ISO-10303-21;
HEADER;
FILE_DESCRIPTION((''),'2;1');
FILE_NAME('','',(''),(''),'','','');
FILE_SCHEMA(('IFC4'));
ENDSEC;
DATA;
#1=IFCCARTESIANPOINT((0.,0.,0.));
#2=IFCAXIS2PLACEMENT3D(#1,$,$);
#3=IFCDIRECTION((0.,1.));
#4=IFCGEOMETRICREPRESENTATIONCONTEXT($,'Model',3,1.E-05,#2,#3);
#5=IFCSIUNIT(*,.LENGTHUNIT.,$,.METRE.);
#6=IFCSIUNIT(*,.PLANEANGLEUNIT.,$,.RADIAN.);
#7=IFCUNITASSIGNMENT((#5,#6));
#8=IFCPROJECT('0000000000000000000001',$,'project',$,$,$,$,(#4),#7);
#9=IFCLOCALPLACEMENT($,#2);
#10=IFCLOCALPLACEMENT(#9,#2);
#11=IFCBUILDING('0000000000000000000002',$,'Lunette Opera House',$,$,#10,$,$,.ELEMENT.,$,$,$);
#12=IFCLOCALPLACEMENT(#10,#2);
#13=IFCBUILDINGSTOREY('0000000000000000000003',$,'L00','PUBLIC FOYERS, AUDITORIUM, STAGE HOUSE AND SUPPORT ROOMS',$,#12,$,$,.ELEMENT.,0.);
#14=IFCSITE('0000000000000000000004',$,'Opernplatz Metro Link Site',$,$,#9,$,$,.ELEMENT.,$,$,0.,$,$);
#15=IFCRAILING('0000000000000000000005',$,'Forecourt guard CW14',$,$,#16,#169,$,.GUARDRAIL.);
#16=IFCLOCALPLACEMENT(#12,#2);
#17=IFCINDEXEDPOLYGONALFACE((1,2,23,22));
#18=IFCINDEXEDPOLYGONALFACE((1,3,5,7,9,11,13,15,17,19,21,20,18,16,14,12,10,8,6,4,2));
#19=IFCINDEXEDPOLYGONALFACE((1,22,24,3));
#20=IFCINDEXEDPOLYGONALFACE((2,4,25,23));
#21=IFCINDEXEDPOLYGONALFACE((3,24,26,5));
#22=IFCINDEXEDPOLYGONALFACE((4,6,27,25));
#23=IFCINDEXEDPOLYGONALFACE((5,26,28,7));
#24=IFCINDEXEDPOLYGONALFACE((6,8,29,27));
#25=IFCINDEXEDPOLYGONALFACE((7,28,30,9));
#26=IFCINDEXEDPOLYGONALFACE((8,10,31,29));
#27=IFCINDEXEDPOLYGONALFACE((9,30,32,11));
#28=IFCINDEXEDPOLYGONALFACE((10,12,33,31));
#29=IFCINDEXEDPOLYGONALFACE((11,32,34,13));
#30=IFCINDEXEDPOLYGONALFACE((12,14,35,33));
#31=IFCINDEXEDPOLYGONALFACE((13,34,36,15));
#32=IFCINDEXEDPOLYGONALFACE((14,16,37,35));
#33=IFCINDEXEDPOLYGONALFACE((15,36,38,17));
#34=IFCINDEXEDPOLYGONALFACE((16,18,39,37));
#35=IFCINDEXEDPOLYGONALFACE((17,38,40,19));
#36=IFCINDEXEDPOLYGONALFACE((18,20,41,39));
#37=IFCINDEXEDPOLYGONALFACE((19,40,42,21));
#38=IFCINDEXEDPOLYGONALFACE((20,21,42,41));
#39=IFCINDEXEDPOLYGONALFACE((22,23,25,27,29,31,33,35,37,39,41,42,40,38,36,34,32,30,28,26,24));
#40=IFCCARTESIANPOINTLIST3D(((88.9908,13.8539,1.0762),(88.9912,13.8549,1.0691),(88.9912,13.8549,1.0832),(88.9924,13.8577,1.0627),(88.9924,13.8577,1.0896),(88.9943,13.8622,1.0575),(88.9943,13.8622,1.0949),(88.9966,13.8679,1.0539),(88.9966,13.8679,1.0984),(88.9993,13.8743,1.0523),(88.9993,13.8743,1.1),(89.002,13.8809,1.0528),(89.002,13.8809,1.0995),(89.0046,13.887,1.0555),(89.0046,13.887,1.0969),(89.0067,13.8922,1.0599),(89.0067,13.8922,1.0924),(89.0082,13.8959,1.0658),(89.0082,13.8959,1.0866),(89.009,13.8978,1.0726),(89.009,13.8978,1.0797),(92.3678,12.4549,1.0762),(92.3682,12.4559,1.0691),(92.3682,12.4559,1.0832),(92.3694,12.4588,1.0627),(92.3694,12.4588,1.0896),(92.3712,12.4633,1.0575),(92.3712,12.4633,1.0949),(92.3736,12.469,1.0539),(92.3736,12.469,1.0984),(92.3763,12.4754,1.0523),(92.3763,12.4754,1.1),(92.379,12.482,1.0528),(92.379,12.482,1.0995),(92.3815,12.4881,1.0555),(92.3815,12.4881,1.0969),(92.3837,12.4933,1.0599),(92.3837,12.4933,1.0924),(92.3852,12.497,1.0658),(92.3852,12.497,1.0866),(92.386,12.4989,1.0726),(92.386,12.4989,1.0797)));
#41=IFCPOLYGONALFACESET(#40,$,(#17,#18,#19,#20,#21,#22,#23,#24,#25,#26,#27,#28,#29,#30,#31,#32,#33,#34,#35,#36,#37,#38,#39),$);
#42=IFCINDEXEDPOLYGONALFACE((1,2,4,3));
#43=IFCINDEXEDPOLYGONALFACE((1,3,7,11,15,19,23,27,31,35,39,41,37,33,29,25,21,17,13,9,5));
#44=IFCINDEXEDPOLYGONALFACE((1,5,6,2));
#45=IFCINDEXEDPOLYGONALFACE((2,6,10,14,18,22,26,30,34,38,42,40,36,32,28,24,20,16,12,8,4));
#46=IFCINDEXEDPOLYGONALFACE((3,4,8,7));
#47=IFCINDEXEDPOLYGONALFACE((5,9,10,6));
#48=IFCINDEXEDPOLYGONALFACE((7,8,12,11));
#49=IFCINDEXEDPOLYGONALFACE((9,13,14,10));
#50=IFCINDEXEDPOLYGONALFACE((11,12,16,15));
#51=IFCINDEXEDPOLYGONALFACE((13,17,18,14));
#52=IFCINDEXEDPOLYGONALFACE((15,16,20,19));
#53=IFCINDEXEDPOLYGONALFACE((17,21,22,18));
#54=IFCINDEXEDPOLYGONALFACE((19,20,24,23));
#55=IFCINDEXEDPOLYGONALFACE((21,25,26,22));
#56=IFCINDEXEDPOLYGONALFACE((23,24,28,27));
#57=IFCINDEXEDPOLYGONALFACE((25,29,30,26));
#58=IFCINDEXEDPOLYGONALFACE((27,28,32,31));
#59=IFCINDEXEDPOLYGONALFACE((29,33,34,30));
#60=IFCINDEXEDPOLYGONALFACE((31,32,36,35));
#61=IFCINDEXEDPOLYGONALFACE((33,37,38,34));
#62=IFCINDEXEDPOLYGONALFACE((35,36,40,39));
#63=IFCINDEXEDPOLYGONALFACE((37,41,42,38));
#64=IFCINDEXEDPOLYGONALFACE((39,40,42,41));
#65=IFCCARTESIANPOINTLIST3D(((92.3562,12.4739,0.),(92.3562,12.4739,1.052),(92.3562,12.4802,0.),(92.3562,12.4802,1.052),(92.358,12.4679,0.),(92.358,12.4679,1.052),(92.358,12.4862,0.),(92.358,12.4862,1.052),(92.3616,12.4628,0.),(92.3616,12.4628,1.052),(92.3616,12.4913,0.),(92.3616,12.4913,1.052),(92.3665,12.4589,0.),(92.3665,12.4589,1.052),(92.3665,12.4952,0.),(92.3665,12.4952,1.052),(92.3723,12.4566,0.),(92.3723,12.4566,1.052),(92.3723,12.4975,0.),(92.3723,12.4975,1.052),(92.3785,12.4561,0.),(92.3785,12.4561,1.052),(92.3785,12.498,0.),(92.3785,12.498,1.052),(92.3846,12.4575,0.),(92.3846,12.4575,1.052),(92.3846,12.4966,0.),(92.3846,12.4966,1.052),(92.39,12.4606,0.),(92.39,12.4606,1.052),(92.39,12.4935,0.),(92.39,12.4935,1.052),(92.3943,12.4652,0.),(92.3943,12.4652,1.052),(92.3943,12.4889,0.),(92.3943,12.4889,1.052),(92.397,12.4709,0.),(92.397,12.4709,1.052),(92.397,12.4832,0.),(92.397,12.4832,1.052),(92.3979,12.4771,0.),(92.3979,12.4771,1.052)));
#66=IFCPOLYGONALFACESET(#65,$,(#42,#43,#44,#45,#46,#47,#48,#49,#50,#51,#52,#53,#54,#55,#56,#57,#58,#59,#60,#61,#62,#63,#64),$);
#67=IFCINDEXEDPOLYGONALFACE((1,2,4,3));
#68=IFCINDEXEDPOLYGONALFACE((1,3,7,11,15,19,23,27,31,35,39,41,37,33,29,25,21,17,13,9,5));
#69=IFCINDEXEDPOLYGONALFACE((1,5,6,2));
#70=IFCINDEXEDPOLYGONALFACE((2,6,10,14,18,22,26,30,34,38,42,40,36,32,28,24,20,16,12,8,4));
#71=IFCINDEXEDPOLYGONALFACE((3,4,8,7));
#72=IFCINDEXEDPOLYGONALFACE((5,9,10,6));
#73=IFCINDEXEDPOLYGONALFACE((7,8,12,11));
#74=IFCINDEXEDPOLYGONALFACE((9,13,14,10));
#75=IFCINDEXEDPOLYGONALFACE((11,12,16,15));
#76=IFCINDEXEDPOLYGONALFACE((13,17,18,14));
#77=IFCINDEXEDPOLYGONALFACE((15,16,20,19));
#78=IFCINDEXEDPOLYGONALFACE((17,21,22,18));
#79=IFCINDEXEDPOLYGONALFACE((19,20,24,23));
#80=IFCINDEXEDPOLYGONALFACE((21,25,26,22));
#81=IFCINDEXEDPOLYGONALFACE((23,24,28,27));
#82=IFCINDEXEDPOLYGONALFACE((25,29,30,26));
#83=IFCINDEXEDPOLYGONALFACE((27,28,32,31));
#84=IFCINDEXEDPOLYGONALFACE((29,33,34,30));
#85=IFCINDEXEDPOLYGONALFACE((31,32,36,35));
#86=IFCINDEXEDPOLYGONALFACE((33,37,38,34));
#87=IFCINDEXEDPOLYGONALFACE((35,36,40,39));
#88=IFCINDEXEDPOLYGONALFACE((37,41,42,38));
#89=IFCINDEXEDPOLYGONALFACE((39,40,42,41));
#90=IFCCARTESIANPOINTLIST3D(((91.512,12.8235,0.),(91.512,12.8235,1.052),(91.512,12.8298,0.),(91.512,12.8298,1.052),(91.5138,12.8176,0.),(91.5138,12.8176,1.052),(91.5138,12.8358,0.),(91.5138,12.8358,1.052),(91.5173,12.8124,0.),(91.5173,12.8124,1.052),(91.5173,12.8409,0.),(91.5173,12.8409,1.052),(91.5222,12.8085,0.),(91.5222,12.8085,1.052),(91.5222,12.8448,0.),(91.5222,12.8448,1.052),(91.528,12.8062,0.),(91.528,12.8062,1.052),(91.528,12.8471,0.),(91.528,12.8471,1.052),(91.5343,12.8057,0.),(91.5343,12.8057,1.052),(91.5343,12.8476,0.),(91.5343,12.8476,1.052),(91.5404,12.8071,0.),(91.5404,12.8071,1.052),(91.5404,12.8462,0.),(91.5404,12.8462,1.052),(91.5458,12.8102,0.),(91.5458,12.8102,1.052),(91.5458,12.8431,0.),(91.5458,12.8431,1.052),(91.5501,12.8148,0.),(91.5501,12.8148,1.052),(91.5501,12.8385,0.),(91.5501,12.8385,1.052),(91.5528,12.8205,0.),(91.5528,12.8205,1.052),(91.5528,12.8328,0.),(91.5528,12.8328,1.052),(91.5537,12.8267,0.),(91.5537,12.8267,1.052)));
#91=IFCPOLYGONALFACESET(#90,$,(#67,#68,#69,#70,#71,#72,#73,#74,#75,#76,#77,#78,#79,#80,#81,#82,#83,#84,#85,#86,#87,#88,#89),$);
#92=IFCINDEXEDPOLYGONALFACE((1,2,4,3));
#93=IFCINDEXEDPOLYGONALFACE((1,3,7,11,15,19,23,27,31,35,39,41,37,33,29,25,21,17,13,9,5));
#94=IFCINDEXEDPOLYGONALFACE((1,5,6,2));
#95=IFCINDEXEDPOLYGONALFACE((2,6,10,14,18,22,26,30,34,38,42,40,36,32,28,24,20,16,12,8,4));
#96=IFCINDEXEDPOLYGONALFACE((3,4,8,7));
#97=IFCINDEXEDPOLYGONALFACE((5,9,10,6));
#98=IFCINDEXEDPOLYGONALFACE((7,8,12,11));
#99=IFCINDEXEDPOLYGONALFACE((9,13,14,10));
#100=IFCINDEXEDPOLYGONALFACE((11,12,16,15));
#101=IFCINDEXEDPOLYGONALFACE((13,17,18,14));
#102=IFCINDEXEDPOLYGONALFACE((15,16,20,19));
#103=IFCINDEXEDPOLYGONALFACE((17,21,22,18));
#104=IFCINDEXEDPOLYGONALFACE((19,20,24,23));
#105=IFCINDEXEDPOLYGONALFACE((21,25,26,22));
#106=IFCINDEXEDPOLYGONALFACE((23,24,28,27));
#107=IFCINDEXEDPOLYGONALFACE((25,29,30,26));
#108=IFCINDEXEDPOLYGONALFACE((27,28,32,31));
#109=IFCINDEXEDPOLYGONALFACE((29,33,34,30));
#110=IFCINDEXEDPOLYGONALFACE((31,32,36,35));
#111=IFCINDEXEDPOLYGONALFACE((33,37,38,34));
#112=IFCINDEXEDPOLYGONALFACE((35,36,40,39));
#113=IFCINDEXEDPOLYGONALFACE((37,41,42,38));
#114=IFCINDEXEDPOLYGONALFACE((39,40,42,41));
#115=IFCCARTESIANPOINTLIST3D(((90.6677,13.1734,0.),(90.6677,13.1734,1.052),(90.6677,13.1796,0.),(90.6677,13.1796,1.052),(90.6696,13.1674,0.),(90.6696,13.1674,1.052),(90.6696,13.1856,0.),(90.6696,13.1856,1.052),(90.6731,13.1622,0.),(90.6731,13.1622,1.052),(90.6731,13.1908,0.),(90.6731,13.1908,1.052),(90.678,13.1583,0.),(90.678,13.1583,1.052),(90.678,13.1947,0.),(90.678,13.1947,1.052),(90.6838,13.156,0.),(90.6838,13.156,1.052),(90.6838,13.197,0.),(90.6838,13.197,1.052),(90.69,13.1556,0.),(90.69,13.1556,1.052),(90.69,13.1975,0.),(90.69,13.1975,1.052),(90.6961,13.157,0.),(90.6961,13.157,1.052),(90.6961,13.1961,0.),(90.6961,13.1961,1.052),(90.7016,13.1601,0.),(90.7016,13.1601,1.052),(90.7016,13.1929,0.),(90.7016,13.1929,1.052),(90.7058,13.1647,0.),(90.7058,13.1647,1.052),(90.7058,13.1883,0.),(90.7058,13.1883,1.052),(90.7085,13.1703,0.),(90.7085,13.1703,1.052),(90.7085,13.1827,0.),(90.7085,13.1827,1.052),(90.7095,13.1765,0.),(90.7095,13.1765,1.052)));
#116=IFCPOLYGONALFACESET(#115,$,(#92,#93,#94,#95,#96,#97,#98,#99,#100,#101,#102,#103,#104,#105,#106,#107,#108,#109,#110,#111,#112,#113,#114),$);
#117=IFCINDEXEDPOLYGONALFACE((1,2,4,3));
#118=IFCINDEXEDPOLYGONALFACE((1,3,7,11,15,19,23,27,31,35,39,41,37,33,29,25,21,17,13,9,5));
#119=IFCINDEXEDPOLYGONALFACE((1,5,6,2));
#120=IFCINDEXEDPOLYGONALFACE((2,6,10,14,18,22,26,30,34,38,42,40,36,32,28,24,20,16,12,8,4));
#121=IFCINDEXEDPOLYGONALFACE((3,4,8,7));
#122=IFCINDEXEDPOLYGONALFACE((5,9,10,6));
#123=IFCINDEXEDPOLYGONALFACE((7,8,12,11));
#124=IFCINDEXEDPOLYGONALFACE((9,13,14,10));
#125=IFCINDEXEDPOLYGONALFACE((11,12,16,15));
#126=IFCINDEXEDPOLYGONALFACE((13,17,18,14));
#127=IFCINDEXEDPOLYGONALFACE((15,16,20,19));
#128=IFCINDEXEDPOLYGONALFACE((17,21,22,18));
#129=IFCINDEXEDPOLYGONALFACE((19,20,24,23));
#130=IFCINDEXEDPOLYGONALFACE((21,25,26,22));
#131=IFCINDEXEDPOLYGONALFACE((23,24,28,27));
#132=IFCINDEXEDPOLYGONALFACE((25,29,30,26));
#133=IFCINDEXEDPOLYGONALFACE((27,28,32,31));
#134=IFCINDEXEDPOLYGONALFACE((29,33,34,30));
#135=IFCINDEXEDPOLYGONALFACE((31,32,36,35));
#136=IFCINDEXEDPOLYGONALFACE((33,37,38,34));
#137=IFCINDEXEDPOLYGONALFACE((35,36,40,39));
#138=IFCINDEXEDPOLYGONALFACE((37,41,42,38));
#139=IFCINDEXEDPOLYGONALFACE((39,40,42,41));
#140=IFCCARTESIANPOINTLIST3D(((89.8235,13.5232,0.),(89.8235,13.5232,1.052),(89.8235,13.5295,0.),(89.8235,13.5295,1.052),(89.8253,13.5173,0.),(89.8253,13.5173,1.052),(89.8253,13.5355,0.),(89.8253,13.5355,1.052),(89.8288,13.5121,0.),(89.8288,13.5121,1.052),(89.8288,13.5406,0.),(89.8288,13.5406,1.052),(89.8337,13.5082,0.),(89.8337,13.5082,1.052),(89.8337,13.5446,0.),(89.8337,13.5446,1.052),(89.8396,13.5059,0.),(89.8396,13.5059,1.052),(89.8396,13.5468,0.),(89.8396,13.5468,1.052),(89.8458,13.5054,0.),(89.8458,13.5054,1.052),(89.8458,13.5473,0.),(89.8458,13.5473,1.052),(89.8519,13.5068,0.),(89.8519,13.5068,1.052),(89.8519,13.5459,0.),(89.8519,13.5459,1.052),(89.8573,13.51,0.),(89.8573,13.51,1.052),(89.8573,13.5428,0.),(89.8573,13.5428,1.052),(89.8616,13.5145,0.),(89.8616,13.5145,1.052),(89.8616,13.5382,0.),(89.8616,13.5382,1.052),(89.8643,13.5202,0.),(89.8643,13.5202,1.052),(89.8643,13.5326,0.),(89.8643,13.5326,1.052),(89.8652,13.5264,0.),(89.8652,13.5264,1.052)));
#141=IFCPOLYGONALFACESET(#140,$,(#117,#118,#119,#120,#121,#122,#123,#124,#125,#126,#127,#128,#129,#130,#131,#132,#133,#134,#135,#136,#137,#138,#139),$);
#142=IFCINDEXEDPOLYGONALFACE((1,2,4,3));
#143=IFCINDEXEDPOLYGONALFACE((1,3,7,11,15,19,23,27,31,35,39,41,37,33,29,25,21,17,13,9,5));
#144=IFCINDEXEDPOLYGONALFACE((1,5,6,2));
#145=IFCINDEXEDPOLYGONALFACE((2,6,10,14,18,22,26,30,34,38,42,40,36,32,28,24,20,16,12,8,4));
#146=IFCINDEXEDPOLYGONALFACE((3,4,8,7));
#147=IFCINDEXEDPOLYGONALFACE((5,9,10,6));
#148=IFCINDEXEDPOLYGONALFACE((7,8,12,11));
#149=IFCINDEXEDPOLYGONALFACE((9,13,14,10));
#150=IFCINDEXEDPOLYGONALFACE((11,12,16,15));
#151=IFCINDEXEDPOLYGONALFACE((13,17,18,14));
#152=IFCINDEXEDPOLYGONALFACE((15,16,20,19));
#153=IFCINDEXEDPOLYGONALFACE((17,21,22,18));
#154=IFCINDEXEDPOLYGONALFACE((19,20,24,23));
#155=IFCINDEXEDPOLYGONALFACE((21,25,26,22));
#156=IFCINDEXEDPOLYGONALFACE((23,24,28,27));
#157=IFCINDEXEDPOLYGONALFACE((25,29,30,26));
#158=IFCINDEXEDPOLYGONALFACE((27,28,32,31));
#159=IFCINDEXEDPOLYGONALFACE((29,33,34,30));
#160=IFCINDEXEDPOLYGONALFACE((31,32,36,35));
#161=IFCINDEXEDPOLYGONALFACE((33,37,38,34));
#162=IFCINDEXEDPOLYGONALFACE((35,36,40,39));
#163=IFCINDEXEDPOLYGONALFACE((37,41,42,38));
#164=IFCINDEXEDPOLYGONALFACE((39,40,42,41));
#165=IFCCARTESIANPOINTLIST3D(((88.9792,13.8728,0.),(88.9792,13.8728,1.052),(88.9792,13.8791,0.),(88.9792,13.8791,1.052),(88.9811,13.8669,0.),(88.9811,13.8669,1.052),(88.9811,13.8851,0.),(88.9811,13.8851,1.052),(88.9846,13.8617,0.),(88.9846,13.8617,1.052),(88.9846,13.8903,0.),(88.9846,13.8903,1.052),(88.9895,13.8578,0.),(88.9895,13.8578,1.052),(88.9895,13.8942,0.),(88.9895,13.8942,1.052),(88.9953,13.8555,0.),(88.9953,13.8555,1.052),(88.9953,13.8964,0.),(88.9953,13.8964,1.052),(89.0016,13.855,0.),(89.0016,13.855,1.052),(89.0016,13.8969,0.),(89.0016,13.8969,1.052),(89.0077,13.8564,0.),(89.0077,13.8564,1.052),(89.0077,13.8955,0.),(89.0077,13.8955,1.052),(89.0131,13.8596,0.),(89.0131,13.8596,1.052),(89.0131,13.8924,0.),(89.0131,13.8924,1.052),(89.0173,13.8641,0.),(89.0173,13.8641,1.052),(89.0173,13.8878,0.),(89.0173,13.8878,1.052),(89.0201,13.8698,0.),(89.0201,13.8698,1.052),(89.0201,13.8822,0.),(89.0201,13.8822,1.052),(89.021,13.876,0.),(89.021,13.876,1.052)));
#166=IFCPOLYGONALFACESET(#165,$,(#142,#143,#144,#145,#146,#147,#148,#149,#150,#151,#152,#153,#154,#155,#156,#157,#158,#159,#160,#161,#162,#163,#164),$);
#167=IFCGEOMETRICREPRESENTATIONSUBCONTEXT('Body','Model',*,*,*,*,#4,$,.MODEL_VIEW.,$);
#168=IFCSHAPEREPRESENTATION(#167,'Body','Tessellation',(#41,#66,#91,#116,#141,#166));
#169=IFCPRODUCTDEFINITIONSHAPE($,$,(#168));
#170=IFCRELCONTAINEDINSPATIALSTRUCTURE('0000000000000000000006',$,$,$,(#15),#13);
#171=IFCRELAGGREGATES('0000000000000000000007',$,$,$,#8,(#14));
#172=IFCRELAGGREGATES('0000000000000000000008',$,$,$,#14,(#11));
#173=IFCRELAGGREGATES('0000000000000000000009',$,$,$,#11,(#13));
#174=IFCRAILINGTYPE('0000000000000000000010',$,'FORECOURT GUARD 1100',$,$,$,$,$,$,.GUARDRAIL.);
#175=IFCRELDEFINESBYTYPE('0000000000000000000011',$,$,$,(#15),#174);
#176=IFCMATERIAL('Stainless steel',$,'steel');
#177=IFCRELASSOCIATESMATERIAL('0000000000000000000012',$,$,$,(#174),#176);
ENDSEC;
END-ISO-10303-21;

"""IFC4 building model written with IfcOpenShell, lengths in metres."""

from ifc_helpers import new_model, si_unit, direction, frame, origin, origin_2d, place, context, subcontext, project, spatial, circle, extrude, material, type_object, element, save


model = new_model("IFC4")

# Units and contexts
model_context = context("Model", 3, precision=1e-05, world=origin(), true_north=direction((0.0, 1.0)))
body_context = subcontext(model_context, "Body", "Model", "MODEL_VIEW")
ifc_project = project(units=[si_unit("LENGTHUNIT", "METRE"), si_unit("PLANEANGLEUNIT", "RADIAN")], contexts=[model_context])

# Site, building, storey
site_placement = place(None, origin())
site = spatial("IfcSite", under=ifc_project, at=site_placement, Name="Opernplatz Metro Link Site", CompositionType="ELEMENT", RefElevation=0.0)
building_placement = place(site_placement, origin())
building = spatial("IfcBuilding", under=site, at=building_placement, Name="Lunette Opera House", CompositionType="ELEMENT")
storey_placement = place(building_placement, origin())
storey = spatial("IfcBuildingStorey", under=building, at=storey_placement, Name="L00", Description="PUBLIC FOYERS, AUDITORIUM, STAGE HOUSE AND SUPPORT ROOMS", CompositionType="ELEMENT", Elevation=0.0)

# Railing
ifc_material_1 = material(Name="Stainless steel", Category="steel")
railing_type = type_object("IfcRailingType", Name="FORECOURT GUARD 1100", PredefinedType="GUARDRAIL", material=ifc_material_1)
railing_1_placement = place(storey_placement, frame((92.377, 12.4771, 0.0)))
element("IfcRailing", 1, at=railing_1_placement, inside=storey, type_object=railing_type, Name="Forecourt guard CW14", PredefinedType="GUARDRAIL", context=body_context, shape_type="SweptSolid", body=[
    extrude(circle(Radius=0.0239, at=origin_2d()), frame((0.0, 0.0, 1.0762), z_axis=(-0.923865, 0.382718, 0.0), x_axis=(-0.382718, -0.923865, 0.0)), (0.0, 0.0, 1.0), 3.6553),
    extrude(circle(Radius=0.021, at=origin_2d()), origin(), (0.0, 0.0, 1.0), 1.052),
    extrude(circle(Radius=0.021, at=origin_2d()), frame((-0.8442, 0.3496, 0.0)), (0.0, 0.0, 1.0), 1.052),
    extrude(circle(Radius=0.021, at=origin_2d()), frame((-1.6885, 0.6995, 0.0)), (0.0, 0.0, 1.0), 1.052),
    extrude(circle(Radius=0.021, at=origin_2d()), frame((-2.5327, 1.0493, 0.0)), (0.0, 0.0, 1.0), 1.052),
    extrude(circle(Radius=0.021, at=origin_2d()), frame((-3.377, 1.3989, 0.0)), (0.0, 0.0, 1.0), 1.052),
])

save(model, "model.ifc")
